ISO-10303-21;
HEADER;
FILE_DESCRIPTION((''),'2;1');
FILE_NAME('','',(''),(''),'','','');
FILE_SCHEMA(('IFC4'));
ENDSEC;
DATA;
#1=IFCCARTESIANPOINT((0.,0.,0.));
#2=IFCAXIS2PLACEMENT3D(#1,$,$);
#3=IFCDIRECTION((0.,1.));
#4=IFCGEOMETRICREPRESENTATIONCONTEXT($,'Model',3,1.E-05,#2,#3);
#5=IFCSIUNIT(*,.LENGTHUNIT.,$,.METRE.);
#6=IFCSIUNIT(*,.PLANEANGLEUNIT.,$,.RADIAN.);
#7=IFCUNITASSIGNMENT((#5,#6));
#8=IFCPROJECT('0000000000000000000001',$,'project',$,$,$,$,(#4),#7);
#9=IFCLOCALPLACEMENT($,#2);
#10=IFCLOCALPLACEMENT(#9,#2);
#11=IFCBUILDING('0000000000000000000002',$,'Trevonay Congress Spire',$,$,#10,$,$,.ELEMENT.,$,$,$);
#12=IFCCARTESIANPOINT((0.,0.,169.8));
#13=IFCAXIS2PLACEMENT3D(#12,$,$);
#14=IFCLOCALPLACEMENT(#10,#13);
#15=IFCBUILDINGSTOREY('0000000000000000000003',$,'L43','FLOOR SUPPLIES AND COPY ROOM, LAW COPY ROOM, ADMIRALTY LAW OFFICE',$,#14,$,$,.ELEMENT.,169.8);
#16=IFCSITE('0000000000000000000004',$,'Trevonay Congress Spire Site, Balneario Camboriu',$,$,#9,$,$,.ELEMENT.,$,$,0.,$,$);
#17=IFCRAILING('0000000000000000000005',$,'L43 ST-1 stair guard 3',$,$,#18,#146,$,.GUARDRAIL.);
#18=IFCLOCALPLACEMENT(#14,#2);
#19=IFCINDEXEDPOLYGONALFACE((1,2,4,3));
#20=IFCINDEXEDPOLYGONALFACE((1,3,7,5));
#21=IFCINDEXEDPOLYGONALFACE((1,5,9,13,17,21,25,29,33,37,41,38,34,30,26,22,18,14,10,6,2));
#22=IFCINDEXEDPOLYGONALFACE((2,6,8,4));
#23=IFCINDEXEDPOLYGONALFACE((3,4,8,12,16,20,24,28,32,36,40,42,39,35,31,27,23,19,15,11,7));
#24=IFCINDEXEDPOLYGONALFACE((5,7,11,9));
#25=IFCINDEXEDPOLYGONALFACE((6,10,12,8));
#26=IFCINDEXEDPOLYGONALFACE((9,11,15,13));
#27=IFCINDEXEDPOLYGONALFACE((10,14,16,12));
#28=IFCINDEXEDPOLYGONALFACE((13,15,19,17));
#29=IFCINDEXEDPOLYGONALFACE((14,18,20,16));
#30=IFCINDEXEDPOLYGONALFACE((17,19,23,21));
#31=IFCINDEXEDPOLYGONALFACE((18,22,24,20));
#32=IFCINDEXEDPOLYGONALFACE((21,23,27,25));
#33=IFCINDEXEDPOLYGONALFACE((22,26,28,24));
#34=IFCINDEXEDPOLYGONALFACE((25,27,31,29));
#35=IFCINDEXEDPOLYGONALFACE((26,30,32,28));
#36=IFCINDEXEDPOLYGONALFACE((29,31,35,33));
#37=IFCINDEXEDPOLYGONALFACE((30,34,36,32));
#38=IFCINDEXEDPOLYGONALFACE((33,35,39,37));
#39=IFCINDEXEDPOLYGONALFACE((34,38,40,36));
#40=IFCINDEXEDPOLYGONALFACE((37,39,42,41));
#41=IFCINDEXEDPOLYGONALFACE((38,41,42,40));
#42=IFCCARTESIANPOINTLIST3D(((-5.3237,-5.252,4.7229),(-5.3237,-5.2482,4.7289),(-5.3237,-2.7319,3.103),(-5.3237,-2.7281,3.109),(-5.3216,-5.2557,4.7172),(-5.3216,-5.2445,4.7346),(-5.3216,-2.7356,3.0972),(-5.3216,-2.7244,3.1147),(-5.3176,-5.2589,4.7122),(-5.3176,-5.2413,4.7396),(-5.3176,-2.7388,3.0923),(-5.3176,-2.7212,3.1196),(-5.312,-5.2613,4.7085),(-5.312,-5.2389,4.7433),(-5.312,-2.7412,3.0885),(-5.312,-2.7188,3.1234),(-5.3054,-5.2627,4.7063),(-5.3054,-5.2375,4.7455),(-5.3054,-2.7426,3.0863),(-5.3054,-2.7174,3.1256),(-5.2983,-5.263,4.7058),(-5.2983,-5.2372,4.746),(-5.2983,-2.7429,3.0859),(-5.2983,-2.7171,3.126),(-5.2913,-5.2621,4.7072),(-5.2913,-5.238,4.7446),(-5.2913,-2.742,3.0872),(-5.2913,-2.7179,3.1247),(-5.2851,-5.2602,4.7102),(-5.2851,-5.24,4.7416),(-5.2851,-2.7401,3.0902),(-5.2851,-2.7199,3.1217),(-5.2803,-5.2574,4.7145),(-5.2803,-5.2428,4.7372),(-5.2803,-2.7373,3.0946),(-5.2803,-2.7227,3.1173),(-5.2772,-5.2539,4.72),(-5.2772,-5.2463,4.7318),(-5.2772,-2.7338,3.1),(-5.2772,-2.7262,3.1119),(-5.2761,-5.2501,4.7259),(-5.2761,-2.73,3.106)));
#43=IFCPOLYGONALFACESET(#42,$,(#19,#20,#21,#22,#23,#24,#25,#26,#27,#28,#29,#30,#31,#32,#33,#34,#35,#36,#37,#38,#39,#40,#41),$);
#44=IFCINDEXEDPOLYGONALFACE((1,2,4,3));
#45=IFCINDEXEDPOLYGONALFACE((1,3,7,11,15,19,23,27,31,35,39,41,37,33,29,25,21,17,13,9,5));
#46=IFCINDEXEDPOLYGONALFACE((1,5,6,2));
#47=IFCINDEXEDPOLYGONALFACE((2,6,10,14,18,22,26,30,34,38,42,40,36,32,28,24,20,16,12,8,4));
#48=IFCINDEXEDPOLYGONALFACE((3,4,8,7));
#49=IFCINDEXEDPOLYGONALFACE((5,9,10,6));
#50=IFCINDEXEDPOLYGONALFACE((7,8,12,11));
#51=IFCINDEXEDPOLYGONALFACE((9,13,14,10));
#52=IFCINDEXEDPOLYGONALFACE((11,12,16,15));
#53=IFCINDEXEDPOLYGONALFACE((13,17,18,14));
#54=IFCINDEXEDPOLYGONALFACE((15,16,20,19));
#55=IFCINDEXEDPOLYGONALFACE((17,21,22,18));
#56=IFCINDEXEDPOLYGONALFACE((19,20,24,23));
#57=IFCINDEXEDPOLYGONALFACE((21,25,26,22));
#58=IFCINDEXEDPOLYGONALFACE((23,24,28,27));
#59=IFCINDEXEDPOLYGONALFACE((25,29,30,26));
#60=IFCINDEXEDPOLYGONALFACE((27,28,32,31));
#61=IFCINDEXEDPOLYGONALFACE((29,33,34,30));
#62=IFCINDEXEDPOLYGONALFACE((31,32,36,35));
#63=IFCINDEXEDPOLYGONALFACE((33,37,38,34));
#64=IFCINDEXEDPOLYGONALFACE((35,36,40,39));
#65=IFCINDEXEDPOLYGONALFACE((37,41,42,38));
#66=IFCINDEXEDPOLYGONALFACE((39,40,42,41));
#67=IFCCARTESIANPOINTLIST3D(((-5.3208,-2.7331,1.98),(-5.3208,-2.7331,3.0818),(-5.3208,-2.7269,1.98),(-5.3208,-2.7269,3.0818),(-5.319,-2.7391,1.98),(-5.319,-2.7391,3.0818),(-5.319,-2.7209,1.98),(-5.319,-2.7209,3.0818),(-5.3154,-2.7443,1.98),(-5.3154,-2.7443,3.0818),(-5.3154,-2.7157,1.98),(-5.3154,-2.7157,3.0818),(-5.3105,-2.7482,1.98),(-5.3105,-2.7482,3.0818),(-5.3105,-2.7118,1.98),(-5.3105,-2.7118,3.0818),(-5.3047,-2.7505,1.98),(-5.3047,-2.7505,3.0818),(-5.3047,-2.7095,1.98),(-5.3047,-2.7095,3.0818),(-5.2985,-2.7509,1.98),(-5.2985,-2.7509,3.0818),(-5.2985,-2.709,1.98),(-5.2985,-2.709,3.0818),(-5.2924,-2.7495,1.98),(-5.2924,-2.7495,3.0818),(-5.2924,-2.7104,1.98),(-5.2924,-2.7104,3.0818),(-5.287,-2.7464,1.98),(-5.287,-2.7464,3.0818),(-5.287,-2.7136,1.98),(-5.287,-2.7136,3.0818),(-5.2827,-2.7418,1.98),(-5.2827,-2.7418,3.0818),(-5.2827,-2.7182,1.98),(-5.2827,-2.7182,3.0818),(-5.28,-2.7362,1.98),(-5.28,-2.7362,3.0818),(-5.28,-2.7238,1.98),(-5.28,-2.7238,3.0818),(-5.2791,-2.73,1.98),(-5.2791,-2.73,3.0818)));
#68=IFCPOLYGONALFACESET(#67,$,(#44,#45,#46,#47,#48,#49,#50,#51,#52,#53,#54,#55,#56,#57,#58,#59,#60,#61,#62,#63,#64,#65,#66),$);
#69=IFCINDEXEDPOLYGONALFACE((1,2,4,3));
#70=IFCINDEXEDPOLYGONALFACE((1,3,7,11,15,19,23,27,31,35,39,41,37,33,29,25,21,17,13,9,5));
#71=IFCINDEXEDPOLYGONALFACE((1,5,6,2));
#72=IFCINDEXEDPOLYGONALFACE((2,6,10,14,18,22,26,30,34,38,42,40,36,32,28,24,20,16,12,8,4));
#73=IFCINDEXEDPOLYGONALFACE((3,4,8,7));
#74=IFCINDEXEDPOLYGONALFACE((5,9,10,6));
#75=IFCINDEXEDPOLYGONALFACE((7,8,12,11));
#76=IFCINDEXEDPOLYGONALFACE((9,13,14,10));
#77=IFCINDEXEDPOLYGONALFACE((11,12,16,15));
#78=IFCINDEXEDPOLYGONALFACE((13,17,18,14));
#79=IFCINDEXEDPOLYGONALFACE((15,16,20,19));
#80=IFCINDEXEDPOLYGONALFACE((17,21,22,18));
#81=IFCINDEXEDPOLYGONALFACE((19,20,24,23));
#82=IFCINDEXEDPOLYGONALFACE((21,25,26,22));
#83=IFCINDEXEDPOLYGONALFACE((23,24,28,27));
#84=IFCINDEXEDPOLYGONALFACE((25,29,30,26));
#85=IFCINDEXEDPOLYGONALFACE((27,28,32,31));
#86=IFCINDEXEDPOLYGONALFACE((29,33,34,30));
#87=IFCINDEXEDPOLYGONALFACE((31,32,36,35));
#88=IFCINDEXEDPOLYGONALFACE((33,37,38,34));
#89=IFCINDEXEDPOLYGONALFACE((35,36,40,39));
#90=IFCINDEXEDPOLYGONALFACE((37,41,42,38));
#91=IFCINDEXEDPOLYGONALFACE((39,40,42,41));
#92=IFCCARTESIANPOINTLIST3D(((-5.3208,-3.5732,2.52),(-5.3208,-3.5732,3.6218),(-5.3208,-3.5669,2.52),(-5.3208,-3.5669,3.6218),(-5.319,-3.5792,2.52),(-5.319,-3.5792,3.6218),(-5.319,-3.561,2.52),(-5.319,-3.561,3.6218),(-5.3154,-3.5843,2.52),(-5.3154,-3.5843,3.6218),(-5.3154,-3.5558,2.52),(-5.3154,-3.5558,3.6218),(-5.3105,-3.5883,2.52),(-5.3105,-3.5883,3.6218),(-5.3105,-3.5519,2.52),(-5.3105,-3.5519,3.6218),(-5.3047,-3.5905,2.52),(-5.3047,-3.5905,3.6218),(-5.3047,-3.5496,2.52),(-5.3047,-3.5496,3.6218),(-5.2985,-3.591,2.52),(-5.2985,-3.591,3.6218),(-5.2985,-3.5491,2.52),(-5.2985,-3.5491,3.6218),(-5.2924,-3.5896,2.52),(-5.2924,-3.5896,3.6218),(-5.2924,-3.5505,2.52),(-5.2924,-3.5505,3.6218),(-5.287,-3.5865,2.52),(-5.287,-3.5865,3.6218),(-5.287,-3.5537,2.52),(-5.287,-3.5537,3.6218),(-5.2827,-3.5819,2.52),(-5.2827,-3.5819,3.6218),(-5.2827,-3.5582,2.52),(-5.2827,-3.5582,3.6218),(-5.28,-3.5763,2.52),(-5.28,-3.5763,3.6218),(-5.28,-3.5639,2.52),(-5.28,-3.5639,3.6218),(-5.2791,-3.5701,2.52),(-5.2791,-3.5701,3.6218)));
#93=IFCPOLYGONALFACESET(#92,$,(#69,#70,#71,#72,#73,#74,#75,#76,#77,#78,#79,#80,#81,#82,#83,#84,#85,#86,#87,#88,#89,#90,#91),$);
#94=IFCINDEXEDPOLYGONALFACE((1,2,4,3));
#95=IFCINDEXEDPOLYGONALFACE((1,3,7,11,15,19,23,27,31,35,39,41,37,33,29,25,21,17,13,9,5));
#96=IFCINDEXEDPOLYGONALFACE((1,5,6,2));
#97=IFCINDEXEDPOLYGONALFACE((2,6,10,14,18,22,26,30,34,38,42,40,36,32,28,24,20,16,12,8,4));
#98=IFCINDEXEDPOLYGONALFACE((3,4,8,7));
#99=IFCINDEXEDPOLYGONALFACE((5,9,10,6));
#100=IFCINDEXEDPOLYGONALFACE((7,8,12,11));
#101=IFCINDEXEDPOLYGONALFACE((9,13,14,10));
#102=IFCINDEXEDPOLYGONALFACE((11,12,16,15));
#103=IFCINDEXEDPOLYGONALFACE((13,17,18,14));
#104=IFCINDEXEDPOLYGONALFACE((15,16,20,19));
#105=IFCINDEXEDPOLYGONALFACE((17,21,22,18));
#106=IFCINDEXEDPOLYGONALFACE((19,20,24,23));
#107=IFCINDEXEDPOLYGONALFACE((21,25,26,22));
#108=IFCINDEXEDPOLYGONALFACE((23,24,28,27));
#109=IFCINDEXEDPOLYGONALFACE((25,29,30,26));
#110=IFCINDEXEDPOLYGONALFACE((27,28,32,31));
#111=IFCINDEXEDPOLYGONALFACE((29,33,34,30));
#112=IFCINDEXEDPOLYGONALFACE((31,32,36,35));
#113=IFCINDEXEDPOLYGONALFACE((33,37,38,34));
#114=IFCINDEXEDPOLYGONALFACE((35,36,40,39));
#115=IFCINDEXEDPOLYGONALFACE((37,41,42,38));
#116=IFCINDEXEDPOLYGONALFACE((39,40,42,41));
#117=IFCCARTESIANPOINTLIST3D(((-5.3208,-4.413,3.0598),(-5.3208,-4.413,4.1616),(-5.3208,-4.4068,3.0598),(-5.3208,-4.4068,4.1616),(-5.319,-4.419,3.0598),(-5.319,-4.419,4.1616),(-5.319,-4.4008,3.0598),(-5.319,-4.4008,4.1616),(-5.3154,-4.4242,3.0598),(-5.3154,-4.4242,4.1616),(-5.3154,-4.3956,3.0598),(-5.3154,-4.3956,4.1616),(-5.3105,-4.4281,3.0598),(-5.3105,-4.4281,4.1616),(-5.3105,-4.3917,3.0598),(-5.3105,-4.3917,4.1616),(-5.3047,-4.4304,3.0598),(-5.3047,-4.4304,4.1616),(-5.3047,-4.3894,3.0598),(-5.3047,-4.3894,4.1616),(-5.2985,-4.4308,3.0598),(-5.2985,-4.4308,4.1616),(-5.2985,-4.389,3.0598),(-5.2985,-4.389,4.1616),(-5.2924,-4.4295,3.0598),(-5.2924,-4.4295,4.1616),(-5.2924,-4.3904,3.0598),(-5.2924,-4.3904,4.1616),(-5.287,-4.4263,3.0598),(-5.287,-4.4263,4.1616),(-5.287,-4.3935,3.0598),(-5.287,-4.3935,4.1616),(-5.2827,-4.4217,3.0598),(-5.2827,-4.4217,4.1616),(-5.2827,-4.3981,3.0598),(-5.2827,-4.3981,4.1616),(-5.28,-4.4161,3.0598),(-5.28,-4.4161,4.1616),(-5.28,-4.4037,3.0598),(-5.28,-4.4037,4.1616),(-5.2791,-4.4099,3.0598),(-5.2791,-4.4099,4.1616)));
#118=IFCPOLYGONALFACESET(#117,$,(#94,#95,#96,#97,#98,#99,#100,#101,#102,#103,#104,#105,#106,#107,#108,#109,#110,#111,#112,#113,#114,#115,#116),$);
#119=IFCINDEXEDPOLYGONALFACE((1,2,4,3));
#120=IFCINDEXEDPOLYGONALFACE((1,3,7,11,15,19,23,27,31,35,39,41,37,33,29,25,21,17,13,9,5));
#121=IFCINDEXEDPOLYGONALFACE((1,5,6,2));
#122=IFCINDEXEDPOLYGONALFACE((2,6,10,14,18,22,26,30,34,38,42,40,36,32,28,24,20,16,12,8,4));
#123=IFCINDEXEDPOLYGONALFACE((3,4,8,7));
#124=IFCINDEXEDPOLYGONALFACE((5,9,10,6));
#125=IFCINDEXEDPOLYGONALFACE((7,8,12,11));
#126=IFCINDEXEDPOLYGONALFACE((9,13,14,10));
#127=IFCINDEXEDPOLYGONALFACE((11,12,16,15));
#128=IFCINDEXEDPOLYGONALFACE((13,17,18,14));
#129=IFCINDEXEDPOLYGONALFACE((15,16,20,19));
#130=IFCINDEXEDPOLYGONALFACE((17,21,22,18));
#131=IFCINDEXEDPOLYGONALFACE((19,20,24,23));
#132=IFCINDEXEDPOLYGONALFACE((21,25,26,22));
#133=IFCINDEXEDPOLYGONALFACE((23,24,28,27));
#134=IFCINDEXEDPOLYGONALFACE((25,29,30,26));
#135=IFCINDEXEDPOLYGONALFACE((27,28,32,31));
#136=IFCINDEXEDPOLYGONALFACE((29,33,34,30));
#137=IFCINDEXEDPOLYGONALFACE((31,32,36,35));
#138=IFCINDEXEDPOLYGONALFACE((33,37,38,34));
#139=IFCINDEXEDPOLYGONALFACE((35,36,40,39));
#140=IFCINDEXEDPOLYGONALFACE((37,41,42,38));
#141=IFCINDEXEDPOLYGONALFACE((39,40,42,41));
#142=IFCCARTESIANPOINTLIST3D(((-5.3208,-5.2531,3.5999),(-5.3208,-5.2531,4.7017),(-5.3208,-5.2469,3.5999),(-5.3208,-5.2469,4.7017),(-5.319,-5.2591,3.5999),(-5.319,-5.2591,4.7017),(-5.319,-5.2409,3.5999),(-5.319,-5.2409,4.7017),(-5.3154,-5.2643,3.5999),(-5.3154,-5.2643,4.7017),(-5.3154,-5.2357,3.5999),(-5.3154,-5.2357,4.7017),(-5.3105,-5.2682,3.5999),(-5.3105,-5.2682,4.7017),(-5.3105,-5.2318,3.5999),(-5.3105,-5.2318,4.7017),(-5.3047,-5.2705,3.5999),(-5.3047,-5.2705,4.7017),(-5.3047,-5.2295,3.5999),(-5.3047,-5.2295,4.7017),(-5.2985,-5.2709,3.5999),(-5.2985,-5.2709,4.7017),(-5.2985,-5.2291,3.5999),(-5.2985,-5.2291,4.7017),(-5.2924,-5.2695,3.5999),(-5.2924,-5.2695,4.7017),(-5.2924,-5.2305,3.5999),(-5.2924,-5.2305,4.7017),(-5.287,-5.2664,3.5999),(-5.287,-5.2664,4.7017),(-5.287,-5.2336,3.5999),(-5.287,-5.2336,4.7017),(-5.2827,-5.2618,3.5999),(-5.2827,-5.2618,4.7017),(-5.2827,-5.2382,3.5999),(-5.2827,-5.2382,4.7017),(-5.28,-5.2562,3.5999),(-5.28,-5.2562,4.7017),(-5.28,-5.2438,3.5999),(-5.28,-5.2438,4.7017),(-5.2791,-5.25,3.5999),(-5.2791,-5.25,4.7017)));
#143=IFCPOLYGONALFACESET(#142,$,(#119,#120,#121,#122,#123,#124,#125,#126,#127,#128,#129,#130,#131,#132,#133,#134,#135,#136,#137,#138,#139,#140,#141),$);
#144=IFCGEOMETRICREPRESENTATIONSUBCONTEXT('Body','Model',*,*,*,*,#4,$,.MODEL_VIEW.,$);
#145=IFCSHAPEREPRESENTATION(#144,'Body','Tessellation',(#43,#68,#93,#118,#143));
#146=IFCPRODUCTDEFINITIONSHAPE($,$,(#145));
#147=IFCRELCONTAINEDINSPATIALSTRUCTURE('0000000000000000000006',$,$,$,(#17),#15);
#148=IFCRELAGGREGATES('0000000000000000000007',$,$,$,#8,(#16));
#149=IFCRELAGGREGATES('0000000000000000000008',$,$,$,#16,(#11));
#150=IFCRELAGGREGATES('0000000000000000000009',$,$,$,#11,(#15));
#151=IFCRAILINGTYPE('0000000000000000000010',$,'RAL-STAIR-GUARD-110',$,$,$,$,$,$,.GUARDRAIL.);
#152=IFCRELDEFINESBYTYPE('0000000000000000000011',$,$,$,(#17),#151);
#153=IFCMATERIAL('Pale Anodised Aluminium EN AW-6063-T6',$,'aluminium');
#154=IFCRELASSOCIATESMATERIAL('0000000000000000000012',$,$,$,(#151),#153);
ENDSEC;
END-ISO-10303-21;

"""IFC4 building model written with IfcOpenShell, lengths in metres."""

from ifc_helpers import new_model, si_unit, direction, frame, origin, origin_2d, place, context, subcontext, project, spatial, circle, extrude, material, type_object, element, save


model = new_model("IFC4")

# Units and contexts
model_context = context("Model", 3, precision=1e-05, world=origin(), true_north=direction((0.0, 1.0)))
body_context = subcontext(model_context, "Body", "Model", "MODEL_VIEW")
ifc_project = project(units=[si_unit("LENGTHUNIT", "METRE"), si_unit("PLANEANGLEUNIT", "RADIAN")], contexts=[model_context])

# Site, building, storey
site_placement = place(None, origin())
site = spatial("IfcSite", under=ifc_project, at=site_placement, Name="Trevonay Congress Spire Site, Balneario Camboriu", CompositionType="ELEMENT", RefElevation=0.0)
building_placement = place(site_placement, origin())
building = spatial("IfcBuilding", under=site, at=building_placement, Name="Trevonay Congress Spire", CompositionType="ELEMENT")
storey_placement = place(building_placement, frame((0.0, 0.0, 169.8)))
storey = spatial("IfcBuildingStorey", under=building, at=storey_placement, Name="L43", Description="FLOOR SUPPLIES AND COPY ROOM, LAW COPY ROOM, ADMIRALTY LAW OFFICE", CompositionType="ELEMENT", Elevation=169.8)

# Railing
ifc_material_1 = material(Name="Pale Anodised Aluminium EN AW-6063-T6", Category="aluminium")
railing_type_1 = type_object("IfcRailingType", Name="RAL-STAIR-GUARD-110", PredefinedType="GUARDRAIL", material=ifc_material_1)
railing_1_placement = place(storey_placement, frame((-5.3, -2.73, 1.98)))
element("IfcRailing", 1, at=railing_1_placement, inside=storey, type_object=railing_type_1, Name="L43 ST-1 stair guard 3", PredefinedType="GUARDRAIL", context=body_context, shape_type="SweptSolid", body=[
    extrude(circle(Radius=0.0239, at=origin_2d()), frame((0.0, 0.0, 1.126), z_axis=(0.0, -0.8412, 0.540725), x_axis=(1.0, 0.0, 0.0)), (0.0, 0.0, 1.0), 2.9958),
    extrude(circle(Radius=0.021, at=origin_2d()), origin(), (0.0, 0.0, 1.0), 1.1018),
    extrude(circle(Radius=0.021, at=origin_2d()), frame((0.0, -0.8401, 0.54)), (0.0, 0.0, 1.0), 1.1018),
    extrude(circle(Radius=0.021, at=origin_2d()), frame((0.0, -1.6799, 1.0798)), (0.0, 0.0, 1.0), 1.1018),
    extrude(circle(Radius=0.021, at=origin_2d()), frame((0.0, -2.52, 1.6199)), (0.0, 0.0, 1.0), 1.1018),
])

save(model, "model.ifc")
